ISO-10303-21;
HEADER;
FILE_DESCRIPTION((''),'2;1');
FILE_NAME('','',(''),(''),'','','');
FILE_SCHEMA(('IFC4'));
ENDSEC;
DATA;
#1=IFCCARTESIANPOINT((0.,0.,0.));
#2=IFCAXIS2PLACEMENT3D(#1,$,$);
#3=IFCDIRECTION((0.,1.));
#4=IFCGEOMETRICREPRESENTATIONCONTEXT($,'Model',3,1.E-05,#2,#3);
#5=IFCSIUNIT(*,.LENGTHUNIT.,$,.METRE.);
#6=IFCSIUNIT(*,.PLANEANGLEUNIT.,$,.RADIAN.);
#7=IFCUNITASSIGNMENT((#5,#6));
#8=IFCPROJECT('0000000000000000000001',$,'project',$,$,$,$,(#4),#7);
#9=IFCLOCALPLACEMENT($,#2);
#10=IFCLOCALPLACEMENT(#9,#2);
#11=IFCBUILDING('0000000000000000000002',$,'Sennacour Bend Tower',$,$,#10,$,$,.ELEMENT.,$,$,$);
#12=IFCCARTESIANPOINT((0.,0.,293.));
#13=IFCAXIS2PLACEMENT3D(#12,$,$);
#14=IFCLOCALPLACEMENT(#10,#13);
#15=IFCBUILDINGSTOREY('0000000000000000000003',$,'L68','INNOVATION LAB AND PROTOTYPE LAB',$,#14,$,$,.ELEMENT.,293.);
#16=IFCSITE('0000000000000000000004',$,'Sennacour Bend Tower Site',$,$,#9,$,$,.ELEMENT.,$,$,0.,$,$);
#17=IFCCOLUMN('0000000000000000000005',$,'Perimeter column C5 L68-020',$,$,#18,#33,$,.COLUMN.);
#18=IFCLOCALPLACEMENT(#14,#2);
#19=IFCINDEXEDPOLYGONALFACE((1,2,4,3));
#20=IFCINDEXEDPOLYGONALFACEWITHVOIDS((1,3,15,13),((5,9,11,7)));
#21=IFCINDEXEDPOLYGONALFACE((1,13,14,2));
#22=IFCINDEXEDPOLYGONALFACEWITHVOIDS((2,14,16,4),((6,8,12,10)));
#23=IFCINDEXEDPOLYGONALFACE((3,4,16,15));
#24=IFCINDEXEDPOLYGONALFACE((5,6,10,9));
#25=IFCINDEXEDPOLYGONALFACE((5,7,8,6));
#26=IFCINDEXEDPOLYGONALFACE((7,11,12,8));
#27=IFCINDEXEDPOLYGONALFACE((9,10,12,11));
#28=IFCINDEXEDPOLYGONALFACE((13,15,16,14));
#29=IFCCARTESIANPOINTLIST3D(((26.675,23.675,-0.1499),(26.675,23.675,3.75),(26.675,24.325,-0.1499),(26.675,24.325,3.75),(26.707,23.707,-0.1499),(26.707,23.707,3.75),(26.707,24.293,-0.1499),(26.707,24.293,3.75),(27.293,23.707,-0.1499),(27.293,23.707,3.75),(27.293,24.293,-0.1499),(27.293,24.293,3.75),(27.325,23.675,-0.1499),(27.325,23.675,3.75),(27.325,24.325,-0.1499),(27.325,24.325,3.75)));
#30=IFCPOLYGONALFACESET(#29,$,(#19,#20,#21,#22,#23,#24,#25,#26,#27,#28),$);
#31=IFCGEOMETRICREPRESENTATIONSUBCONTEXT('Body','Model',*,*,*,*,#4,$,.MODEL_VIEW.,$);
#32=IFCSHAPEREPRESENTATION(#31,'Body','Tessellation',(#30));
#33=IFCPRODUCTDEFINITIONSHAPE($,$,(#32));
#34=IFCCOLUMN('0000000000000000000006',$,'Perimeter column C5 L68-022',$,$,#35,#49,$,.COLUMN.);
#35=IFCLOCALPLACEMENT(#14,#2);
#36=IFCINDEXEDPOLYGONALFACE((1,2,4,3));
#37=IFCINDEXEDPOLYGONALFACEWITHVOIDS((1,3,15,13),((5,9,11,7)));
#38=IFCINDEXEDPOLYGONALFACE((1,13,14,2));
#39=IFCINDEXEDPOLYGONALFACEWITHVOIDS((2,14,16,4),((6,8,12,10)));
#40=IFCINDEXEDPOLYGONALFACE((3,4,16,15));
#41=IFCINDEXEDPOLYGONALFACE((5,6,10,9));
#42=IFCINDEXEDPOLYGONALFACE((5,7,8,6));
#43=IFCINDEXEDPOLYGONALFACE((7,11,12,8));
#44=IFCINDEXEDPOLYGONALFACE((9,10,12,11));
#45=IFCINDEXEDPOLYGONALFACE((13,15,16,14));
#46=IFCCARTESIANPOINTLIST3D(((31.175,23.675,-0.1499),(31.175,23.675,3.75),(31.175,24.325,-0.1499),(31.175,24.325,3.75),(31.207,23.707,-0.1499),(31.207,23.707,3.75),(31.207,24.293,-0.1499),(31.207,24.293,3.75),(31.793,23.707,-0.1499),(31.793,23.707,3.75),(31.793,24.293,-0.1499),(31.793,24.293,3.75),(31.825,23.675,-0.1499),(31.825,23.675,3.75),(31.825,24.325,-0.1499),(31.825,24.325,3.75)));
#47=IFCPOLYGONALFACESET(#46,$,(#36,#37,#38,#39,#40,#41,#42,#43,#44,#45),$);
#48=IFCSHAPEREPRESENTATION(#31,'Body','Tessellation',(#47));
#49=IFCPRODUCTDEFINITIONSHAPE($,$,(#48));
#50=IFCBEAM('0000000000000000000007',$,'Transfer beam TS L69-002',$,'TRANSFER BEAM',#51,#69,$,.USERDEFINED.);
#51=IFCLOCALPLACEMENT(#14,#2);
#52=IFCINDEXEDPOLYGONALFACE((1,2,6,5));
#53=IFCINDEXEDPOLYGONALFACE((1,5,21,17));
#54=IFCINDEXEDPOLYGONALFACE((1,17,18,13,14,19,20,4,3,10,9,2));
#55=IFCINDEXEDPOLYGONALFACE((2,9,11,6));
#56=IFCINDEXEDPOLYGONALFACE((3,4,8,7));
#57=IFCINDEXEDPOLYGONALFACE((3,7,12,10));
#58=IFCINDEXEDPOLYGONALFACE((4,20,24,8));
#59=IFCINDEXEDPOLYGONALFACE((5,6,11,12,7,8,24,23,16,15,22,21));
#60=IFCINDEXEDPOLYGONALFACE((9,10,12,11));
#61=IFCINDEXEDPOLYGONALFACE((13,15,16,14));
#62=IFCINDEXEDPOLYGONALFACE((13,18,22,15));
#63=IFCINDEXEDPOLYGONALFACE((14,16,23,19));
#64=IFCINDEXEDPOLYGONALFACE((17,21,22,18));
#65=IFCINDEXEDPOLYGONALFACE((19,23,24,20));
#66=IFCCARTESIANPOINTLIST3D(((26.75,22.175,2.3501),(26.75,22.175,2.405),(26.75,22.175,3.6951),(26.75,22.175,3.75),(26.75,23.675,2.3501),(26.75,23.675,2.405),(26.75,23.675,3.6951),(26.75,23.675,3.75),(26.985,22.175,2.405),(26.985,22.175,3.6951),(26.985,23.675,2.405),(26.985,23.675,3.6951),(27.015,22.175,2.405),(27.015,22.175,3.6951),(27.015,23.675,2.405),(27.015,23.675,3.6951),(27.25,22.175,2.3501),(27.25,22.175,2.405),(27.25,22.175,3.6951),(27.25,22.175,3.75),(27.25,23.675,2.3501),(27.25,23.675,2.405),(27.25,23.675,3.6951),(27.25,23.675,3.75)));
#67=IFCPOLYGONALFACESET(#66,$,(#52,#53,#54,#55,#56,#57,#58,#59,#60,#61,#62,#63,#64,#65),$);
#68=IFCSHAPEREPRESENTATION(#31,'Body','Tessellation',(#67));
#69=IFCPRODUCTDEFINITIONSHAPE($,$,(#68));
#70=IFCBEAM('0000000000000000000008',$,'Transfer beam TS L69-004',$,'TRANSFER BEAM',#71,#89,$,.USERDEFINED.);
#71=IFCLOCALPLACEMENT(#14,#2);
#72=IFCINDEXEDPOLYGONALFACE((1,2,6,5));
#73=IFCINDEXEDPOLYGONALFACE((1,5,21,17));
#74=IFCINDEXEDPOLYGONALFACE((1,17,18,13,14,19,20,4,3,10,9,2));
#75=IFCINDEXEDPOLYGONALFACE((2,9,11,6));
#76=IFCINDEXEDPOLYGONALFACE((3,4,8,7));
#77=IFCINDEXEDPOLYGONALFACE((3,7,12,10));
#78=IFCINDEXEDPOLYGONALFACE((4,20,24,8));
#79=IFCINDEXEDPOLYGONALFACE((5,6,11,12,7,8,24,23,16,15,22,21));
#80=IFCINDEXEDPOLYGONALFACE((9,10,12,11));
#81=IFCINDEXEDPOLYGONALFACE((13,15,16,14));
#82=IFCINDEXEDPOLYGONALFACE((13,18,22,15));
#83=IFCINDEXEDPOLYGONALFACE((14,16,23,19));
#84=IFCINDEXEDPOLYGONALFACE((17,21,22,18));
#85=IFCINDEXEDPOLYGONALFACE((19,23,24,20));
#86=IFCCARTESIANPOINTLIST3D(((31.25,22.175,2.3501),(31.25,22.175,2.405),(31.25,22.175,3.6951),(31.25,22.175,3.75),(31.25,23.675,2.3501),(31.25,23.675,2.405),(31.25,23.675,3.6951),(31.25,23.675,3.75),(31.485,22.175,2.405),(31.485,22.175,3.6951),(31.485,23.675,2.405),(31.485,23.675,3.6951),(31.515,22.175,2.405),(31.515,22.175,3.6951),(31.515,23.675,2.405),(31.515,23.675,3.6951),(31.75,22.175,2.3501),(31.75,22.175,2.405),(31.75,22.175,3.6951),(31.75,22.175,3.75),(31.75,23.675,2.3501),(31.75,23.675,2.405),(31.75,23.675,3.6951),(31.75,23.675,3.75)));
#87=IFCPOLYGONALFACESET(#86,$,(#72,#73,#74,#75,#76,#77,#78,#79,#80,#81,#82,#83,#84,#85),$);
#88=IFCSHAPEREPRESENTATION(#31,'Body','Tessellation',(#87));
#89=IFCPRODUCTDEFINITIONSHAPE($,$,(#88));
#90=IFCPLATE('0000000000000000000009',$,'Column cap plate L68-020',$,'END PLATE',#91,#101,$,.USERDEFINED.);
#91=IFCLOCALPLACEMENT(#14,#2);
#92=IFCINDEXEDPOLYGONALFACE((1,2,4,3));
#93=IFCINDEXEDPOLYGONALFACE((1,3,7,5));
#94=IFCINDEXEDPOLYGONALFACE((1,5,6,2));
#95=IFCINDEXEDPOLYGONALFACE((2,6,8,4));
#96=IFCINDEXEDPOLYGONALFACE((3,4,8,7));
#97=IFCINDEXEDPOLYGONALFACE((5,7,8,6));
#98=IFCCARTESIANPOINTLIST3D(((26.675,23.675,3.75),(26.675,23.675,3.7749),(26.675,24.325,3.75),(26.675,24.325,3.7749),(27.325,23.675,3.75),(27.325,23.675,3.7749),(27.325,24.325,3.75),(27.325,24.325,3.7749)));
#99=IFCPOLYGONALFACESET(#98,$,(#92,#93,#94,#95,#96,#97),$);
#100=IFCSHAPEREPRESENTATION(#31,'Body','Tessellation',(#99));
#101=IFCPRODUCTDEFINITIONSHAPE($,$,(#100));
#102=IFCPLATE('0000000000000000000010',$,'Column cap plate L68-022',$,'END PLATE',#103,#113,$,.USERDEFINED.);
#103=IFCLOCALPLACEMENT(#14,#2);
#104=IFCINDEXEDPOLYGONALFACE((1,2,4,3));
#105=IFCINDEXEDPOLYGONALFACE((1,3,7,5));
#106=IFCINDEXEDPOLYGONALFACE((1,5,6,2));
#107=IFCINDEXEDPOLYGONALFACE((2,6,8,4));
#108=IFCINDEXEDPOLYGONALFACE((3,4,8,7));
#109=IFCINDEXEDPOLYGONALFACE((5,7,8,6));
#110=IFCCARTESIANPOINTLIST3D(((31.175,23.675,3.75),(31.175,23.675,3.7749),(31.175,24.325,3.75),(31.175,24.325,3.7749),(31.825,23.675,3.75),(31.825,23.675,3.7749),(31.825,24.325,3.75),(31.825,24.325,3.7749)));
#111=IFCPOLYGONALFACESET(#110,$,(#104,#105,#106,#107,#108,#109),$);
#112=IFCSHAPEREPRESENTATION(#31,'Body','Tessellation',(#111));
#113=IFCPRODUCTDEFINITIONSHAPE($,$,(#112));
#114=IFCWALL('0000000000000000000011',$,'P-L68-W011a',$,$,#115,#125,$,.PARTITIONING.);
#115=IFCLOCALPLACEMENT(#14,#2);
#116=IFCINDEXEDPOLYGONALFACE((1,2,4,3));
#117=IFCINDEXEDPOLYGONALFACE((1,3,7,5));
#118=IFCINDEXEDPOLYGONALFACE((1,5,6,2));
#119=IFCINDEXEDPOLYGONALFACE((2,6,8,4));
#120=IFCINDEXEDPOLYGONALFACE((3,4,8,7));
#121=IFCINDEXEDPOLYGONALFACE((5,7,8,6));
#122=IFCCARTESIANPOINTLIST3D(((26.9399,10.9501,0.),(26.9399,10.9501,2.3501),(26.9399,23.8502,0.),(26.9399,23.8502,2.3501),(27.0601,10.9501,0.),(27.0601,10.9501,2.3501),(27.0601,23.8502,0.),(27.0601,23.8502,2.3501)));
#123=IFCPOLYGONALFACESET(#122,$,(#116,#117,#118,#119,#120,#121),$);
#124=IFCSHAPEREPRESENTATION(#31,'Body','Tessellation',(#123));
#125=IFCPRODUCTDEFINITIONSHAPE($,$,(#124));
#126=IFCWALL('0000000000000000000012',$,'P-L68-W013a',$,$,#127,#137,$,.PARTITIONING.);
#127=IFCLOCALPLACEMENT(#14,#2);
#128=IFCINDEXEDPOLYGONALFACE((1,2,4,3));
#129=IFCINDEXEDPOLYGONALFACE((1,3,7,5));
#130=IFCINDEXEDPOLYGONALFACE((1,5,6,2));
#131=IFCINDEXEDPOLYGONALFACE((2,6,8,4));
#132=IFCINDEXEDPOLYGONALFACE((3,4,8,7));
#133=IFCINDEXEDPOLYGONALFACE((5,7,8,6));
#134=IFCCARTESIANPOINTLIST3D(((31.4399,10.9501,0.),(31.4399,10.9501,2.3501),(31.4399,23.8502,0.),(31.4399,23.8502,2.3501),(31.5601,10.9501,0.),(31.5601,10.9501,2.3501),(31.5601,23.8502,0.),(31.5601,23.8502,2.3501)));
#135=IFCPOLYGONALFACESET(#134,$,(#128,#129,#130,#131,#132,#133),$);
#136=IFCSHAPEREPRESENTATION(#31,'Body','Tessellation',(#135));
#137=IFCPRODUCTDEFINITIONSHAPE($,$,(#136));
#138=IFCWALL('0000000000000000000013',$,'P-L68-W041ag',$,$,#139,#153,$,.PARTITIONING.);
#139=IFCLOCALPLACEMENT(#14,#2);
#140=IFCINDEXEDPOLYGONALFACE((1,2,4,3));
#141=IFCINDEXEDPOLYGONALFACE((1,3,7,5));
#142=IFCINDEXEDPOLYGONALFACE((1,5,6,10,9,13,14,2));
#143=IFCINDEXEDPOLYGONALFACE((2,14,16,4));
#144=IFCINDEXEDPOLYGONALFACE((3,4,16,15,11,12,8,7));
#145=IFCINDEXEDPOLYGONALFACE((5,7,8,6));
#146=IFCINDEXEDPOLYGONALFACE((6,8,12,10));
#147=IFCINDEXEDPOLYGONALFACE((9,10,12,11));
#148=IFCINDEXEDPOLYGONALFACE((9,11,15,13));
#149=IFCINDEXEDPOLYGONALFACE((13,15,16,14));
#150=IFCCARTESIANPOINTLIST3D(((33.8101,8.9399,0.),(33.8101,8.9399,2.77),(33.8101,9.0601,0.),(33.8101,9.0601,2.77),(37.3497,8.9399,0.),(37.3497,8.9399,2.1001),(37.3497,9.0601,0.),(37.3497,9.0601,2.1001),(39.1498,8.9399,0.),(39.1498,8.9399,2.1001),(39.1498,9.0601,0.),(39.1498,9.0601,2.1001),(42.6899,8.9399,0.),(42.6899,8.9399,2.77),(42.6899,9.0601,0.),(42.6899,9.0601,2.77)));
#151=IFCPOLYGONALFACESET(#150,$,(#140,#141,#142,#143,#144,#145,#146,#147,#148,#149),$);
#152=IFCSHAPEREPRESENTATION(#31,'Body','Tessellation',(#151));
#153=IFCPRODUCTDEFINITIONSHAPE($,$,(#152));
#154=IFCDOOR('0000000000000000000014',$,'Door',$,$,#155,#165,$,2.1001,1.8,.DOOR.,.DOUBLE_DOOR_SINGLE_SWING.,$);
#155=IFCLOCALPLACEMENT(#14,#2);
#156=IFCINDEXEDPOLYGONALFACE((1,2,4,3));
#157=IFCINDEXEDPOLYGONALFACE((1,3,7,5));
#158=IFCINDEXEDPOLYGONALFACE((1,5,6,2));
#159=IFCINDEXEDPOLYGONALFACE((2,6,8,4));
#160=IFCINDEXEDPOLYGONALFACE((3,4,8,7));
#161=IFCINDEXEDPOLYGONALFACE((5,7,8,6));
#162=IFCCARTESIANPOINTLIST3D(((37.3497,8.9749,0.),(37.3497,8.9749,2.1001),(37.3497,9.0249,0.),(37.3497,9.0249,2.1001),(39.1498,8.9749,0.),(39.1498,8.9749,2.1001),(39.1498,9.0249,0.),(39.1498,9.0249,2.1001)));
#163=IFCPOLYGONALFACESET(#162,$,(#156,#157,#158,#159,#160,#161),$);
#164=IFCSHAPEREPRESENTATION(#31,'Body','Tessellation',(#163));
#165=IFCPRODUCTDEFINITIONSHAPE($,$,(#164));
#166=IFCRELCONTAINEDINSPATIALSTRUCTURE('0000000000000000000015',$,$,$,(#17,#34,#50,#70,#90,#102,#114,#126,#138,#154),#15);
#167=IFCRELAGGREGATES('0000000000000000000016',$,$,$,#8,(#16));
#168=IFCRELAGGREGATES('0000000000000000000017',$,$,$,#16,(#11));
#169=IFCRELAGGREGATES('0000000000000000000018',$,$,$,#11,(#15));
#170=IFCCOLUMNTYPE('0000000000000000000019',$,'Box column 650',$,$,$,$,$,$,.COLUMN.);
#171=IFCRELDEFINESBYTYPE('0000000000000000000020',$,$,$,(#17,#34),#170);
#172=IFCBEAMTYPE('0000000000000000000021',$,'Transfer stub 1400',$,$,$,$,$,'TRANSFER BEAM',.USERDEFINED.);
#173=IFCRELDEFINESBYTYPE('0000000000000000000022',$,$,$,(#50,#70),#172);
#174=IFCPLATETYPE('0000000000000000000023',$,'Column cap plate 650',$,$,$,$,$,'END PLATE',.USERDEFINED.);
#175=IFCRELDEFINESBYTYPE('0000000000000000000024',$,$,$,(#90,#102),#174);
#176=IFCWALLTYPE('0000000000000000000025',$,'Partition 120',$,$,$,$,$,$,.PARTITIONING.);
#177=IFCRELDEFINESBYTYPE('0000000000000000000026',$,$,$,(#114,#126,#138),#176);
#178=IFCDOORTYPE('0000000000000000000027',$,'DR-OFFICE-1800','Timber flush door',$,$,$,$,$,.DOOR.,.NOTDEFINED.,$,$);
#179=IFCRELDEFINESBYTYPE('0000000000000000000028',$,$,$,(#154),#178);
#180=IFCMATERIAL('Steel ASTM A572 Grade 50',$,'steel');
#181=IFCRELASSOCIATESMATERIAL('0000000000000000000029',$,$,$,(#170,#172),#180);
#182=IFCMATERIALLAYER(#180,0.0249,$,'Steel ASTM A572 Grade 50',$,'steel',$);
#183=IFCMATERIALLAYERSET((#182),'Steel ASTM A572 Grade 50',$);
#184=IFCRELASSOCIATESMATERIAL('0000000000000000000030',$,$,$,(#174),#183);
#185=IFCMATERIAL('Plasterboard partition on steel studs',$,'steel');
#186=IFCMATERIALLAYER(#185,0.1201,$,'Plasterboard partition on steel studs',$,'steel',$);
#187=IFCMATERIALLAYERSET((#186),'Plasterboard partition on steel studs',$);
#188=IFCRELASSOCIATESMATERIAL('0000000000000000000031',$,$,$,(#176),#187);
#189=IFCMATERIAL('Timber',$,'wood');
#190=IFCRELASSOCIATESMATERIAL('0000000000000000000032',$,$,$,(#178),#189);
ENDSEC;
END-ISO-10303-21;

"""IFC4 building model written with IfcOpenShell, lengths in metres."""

from ifc_helpers import new_model, si_unit, direction, frame, frame_2d, origin, origin_2d, place, context, subcontext, project, spatial, rectangle, hollow_rectangle, i_section, extrude, material, layer, layer_set, material_profile, profile_set, type_object, element, fill, save


model = new_model("IFC4")

# Units and contexts
model_context = context("Model", 3, precision=1e-05, world=origin(), true_north=direction((0.0, 1.0)))
body_context = subcontext(model_context, "Body", "Model", "MODEL_VIEW")
ifc_project = project(units=[si_unit("LENGTHUNIT", "METRE"), si_unit("PLANEANGLEUNIT", "RADIAN")], contexts=[model_context])

# Site, building, storey
site_placement = place(None, origin())
site = spatial("IfcSite", under=ifc_project, at=site_placement, Name="Sennacour Bend Tower Site", CompositionType="ELEMENT", RefElevation=0.0)
building_placement = place(site_placement, origin())
building = spatial("IfcBuilding", under=site, at=building_placement, Name="Sennacour Bend Tower", CompositionType="ELEMENT")
storey_placement = place(building_placement, frame((0.0, 0.0, 293.0)))
storey = spatial("IfcBuildingStorey", under=building, at=storey_placement, Name="L68", Description="INNOVATION LAB AND PROTOTYPE LAB", CompositionType="ELEMENT", Elevation=293.0)

# Columns
ifc_material_1 = material(Name="Steel ASTM A572 Grade 50", Category="steel")
ifc_material_profile_1 = material_profile(ifc_material_1, hollow_rectangle(XDim=0.6499, YDim=0.6499, WallThickness=0.032, at=origin_2d()), Name="Steel ASTM A572 Grade 50", Category="steel")
ifc_profile_set_1 = profile_set([ifc_material_profile_1], Name="Steel ASTM A572 Grade 50")
column_type = type_object("IfcColumnType", Name="Box column 650", PredefinedType="COLUMN", material=ifc_profile_set_1)
for number, where, z_axis, x_axis, name in (
    (1, (27.0, 24.0, -0.1499), (0.0, 0.0, 1.0), (1.0, 0.0, 0.0), "Perimeter column C5 L68-020"),
    (2, (31.5, 24.0, -0.1499), (0.0, 0.0, 1.0), (1.0, 0.0, 0.0), "Perimeter column C5 L68-022"),
):
    element("IfcColumn", number, at=place(storey_placement, frame(where, z_axis=z_axis, x_axis=x_axis)), inside=storey, type_object=column_type, Name=name, PredefinedType="COLUMN", context=body_context, shape_type="SweptSolid", body=[
        extrude(hollow_rectangle(XDim=0.6499, YDim=0.6499, WallThickness=0.032, at=origin_2d()), origin(), (0.0, 0.0, 1.0), 3.8999),
    ])

# Beams
ifc_material_profile_2 = material_profile(ifc_material_1, i_section(OverallWidth=0.5, OverallDepth=1.3999, WebThickness=0.03, FlangeThickness=0.0549, at=origin_2d()), Name="Steel ASTM A572 Grade 50", Category="steel")
ifc_profile_set_2 = profile_set([ifc_material_profile_2], Name="Steel ASTM A572 Grade 50")
beam_type = type_object("IfcBeamType", Name="Transfer stub 1400", ElementType="TRANSFER BEAM", PredefinedType="USERDEFINED", material=ifc_profile_set_2)
for number, where, z_axis, x_axis, name in (
    (3, (27.0, 23.675, 3.05), (0.0, -1.0, 0.0), (1.0, 0.0, 0.0), "Transfer beam TS L69-002"),
    (4, (31.5, 23.675, 3.05), (0.0, -1.0, 0.0), (1.0, 0.0, 0.0), "Transfer beam TS L69-004"),
):
    element("IfcBeam", number, at=place(storey_placement, frame(where, z_axis=z_axis, x_axis=x_axis)), inside=storey, type_object=beam_type, Name=name, ObjectType="TRANSFER BEAM", PredefinedType="USERDEFINED", context=body_context, shape_type="SweptSolid", body=[
        extrude(i_section(OverallWidth=0.5, OverallDepth=1.3999, WebThickness=0.03, FlangeThickness=0.0549, at=origin_2d()), origin(), (0.0, 0.0, 1.0), 1.5),
    ])

# Plates
ifc_layer_1 = layer(ifc_material_1, 0.0249, Name="Steel ASTM A572 Grade 50", Category="steel")
ifc_layer_set_1 = layer_set([ifc_layer_1], Name="Steel ASTM A572 Grade 50")
plate_type = type_object("IfcPlateType", Name="Column cap plate 650", ElementType="END PLATE", PredefinedType="USERDEFINED", material=ifc_layer_set_1)
for number, where, z_axis, x_axis, name in (
    (5, (27.0, 24.0, 3.75), (0.0, 0.0, 1.0), (1.0, 0.0, 0.0), "Column cap plate L68-020"),
    (6, (31.5, 24.0, 3.75), (0.0, 0.0, 1.0), (1.0, 0.0, 0.0), "Column cap plate L68-022"),
):
    element("IfcPlate", number, at=place(storey_placement, frame(where, z_axis=z_axis, x_axis=x_axis)), inside=storey, type_object=plate_type, Name=name, ObjectType="END PLATE", PredefinedType="USERDEFINED", context=body_context, shape_type="SweptSolid", body=[
        extrude(rectangle(XDim=0.6499, YDim=0.6499, at=origin_2d()), origin(), (0.0, 0.0, 1.0), 0.0249),
    ])

# Walls
ifc_material_2 = material(Name="Plasterboard partition on steel studs", Category="steel")
ifc_layer_2 = layer(ifc_material_2, 0.1201, Name="Plasterboard partition on steel studs", Category="steel")
ifc_layer_set_2 = layer_set([ifc_layer_2], Name="Plasterboard partition on steel studs")
wall_type_1 = type_object("IfcWallType", Name="Partition 120", PredefinedType="PARTITIONING", material=ifc_layer_set_2)
for number, where, z_axis, x_axis, name in (
    (7, (27.0, 10.95, 0.0), (0.0, 0.0, 1.0), (0.0, 1.0, 0.0), "P-L68-W011a"),
    (8, (31.5, 10.95, 0.0), (0.0, 0.0, 1.0), (0.0, 1.0, 0.0), "P-L68-W013a"),
):
    element("IfcWall", number, at=place(storey_placement, frame(where, z_axis=z_axis, x_axis=x_axis)), inside=storey, type_object=wall_type_1, Name=name, PredefinedType="PARTITIONING", context=body_context, shape_type="SweptSolid", body=[
        extrude(rectangle(XDim=12.9001, YDim=0.1201, at=frame_2d((6.4502, 0.0))), origin(), (0.0, 0.0, 1.0), 2.3501),
    ])

# Wall, opening, door
wall_1_placement = place(storey_placement, frame((33.8101, 9.0, 0.0), z_axis=(0.0, 0.0, 1.0), x_axis=(1.0, 0.0, 0.0)))
wall_1 = element("IfcWall", 9, at=wall_1_placement, inside=storey, type_object=wall_type_1, Name="P-L68-W041ag", PredefinedType="PARTITIONING", context=body_context, shape_type="SweptSolid", body=[
    extrude(rectangle(XDim=8.8799, YDim=0.1201, at=frame_2d((4.4399, 0.0))), origin(), (0.0, 0.0, 1.0), 2.77),
])
opening_1_placement = place(wall_1_placement, frame((3.5398, 0.0, 0.0)))
opening_1 = element("IfcOpeningElement", 10, at=opening_1_placement, cuts=wall_1, PredefinedType="OPENING", context=body_context, shape_type="SweptSolid", body=[
    extrude(rectangle(XDim=1.8, YDim=2.1001, at=frame_2d((0.8999, 1.05))), frame((0.0, 0.0701, 0.0), z_axis=(0.0, -1.0, 0.0), x_axis=(1.0, 0.0, 0.0)), (0.0, 0.0, 1.0), 0.1401),
])
ifc_material_3 = material(Name="Timber", Category="wood")
door_type_1 = type_object("IfcDoorType", Name="DR-OFFICE-1800", Description="Timber flush door", OperationType="NOTDEFINED", PredefinedType="DOOR", material=ifc_material_3)
door_1_placement = place(opening_1_placement, origin())
door_1 = element("IfcDoor", 11, at=door_1_placement, inside=storey, type_object=door_type_1, Name="Door", OperationType="DOUBLE_DOOR_SINGLE_SWING", OverallHeight=2.1001, OverallWidth=1.8, PredefinedType="DOOR", context=body_context, shape_type="SweptSolid", body=[
    extrude(rectangle(XDim=1.8, YDim=2.1001, at=frame_2d((0.8999, 1.05))), frame((0.0, 0.0249, 0.0), z_axis=(0.0, -1.0, 0.0), x_axis=(1.0, 0.0, 0.0)), (0.0, 0.0, 1.0), 0.05),
])
fill(opening_1, door_1)

save(model, "model.ifc")
